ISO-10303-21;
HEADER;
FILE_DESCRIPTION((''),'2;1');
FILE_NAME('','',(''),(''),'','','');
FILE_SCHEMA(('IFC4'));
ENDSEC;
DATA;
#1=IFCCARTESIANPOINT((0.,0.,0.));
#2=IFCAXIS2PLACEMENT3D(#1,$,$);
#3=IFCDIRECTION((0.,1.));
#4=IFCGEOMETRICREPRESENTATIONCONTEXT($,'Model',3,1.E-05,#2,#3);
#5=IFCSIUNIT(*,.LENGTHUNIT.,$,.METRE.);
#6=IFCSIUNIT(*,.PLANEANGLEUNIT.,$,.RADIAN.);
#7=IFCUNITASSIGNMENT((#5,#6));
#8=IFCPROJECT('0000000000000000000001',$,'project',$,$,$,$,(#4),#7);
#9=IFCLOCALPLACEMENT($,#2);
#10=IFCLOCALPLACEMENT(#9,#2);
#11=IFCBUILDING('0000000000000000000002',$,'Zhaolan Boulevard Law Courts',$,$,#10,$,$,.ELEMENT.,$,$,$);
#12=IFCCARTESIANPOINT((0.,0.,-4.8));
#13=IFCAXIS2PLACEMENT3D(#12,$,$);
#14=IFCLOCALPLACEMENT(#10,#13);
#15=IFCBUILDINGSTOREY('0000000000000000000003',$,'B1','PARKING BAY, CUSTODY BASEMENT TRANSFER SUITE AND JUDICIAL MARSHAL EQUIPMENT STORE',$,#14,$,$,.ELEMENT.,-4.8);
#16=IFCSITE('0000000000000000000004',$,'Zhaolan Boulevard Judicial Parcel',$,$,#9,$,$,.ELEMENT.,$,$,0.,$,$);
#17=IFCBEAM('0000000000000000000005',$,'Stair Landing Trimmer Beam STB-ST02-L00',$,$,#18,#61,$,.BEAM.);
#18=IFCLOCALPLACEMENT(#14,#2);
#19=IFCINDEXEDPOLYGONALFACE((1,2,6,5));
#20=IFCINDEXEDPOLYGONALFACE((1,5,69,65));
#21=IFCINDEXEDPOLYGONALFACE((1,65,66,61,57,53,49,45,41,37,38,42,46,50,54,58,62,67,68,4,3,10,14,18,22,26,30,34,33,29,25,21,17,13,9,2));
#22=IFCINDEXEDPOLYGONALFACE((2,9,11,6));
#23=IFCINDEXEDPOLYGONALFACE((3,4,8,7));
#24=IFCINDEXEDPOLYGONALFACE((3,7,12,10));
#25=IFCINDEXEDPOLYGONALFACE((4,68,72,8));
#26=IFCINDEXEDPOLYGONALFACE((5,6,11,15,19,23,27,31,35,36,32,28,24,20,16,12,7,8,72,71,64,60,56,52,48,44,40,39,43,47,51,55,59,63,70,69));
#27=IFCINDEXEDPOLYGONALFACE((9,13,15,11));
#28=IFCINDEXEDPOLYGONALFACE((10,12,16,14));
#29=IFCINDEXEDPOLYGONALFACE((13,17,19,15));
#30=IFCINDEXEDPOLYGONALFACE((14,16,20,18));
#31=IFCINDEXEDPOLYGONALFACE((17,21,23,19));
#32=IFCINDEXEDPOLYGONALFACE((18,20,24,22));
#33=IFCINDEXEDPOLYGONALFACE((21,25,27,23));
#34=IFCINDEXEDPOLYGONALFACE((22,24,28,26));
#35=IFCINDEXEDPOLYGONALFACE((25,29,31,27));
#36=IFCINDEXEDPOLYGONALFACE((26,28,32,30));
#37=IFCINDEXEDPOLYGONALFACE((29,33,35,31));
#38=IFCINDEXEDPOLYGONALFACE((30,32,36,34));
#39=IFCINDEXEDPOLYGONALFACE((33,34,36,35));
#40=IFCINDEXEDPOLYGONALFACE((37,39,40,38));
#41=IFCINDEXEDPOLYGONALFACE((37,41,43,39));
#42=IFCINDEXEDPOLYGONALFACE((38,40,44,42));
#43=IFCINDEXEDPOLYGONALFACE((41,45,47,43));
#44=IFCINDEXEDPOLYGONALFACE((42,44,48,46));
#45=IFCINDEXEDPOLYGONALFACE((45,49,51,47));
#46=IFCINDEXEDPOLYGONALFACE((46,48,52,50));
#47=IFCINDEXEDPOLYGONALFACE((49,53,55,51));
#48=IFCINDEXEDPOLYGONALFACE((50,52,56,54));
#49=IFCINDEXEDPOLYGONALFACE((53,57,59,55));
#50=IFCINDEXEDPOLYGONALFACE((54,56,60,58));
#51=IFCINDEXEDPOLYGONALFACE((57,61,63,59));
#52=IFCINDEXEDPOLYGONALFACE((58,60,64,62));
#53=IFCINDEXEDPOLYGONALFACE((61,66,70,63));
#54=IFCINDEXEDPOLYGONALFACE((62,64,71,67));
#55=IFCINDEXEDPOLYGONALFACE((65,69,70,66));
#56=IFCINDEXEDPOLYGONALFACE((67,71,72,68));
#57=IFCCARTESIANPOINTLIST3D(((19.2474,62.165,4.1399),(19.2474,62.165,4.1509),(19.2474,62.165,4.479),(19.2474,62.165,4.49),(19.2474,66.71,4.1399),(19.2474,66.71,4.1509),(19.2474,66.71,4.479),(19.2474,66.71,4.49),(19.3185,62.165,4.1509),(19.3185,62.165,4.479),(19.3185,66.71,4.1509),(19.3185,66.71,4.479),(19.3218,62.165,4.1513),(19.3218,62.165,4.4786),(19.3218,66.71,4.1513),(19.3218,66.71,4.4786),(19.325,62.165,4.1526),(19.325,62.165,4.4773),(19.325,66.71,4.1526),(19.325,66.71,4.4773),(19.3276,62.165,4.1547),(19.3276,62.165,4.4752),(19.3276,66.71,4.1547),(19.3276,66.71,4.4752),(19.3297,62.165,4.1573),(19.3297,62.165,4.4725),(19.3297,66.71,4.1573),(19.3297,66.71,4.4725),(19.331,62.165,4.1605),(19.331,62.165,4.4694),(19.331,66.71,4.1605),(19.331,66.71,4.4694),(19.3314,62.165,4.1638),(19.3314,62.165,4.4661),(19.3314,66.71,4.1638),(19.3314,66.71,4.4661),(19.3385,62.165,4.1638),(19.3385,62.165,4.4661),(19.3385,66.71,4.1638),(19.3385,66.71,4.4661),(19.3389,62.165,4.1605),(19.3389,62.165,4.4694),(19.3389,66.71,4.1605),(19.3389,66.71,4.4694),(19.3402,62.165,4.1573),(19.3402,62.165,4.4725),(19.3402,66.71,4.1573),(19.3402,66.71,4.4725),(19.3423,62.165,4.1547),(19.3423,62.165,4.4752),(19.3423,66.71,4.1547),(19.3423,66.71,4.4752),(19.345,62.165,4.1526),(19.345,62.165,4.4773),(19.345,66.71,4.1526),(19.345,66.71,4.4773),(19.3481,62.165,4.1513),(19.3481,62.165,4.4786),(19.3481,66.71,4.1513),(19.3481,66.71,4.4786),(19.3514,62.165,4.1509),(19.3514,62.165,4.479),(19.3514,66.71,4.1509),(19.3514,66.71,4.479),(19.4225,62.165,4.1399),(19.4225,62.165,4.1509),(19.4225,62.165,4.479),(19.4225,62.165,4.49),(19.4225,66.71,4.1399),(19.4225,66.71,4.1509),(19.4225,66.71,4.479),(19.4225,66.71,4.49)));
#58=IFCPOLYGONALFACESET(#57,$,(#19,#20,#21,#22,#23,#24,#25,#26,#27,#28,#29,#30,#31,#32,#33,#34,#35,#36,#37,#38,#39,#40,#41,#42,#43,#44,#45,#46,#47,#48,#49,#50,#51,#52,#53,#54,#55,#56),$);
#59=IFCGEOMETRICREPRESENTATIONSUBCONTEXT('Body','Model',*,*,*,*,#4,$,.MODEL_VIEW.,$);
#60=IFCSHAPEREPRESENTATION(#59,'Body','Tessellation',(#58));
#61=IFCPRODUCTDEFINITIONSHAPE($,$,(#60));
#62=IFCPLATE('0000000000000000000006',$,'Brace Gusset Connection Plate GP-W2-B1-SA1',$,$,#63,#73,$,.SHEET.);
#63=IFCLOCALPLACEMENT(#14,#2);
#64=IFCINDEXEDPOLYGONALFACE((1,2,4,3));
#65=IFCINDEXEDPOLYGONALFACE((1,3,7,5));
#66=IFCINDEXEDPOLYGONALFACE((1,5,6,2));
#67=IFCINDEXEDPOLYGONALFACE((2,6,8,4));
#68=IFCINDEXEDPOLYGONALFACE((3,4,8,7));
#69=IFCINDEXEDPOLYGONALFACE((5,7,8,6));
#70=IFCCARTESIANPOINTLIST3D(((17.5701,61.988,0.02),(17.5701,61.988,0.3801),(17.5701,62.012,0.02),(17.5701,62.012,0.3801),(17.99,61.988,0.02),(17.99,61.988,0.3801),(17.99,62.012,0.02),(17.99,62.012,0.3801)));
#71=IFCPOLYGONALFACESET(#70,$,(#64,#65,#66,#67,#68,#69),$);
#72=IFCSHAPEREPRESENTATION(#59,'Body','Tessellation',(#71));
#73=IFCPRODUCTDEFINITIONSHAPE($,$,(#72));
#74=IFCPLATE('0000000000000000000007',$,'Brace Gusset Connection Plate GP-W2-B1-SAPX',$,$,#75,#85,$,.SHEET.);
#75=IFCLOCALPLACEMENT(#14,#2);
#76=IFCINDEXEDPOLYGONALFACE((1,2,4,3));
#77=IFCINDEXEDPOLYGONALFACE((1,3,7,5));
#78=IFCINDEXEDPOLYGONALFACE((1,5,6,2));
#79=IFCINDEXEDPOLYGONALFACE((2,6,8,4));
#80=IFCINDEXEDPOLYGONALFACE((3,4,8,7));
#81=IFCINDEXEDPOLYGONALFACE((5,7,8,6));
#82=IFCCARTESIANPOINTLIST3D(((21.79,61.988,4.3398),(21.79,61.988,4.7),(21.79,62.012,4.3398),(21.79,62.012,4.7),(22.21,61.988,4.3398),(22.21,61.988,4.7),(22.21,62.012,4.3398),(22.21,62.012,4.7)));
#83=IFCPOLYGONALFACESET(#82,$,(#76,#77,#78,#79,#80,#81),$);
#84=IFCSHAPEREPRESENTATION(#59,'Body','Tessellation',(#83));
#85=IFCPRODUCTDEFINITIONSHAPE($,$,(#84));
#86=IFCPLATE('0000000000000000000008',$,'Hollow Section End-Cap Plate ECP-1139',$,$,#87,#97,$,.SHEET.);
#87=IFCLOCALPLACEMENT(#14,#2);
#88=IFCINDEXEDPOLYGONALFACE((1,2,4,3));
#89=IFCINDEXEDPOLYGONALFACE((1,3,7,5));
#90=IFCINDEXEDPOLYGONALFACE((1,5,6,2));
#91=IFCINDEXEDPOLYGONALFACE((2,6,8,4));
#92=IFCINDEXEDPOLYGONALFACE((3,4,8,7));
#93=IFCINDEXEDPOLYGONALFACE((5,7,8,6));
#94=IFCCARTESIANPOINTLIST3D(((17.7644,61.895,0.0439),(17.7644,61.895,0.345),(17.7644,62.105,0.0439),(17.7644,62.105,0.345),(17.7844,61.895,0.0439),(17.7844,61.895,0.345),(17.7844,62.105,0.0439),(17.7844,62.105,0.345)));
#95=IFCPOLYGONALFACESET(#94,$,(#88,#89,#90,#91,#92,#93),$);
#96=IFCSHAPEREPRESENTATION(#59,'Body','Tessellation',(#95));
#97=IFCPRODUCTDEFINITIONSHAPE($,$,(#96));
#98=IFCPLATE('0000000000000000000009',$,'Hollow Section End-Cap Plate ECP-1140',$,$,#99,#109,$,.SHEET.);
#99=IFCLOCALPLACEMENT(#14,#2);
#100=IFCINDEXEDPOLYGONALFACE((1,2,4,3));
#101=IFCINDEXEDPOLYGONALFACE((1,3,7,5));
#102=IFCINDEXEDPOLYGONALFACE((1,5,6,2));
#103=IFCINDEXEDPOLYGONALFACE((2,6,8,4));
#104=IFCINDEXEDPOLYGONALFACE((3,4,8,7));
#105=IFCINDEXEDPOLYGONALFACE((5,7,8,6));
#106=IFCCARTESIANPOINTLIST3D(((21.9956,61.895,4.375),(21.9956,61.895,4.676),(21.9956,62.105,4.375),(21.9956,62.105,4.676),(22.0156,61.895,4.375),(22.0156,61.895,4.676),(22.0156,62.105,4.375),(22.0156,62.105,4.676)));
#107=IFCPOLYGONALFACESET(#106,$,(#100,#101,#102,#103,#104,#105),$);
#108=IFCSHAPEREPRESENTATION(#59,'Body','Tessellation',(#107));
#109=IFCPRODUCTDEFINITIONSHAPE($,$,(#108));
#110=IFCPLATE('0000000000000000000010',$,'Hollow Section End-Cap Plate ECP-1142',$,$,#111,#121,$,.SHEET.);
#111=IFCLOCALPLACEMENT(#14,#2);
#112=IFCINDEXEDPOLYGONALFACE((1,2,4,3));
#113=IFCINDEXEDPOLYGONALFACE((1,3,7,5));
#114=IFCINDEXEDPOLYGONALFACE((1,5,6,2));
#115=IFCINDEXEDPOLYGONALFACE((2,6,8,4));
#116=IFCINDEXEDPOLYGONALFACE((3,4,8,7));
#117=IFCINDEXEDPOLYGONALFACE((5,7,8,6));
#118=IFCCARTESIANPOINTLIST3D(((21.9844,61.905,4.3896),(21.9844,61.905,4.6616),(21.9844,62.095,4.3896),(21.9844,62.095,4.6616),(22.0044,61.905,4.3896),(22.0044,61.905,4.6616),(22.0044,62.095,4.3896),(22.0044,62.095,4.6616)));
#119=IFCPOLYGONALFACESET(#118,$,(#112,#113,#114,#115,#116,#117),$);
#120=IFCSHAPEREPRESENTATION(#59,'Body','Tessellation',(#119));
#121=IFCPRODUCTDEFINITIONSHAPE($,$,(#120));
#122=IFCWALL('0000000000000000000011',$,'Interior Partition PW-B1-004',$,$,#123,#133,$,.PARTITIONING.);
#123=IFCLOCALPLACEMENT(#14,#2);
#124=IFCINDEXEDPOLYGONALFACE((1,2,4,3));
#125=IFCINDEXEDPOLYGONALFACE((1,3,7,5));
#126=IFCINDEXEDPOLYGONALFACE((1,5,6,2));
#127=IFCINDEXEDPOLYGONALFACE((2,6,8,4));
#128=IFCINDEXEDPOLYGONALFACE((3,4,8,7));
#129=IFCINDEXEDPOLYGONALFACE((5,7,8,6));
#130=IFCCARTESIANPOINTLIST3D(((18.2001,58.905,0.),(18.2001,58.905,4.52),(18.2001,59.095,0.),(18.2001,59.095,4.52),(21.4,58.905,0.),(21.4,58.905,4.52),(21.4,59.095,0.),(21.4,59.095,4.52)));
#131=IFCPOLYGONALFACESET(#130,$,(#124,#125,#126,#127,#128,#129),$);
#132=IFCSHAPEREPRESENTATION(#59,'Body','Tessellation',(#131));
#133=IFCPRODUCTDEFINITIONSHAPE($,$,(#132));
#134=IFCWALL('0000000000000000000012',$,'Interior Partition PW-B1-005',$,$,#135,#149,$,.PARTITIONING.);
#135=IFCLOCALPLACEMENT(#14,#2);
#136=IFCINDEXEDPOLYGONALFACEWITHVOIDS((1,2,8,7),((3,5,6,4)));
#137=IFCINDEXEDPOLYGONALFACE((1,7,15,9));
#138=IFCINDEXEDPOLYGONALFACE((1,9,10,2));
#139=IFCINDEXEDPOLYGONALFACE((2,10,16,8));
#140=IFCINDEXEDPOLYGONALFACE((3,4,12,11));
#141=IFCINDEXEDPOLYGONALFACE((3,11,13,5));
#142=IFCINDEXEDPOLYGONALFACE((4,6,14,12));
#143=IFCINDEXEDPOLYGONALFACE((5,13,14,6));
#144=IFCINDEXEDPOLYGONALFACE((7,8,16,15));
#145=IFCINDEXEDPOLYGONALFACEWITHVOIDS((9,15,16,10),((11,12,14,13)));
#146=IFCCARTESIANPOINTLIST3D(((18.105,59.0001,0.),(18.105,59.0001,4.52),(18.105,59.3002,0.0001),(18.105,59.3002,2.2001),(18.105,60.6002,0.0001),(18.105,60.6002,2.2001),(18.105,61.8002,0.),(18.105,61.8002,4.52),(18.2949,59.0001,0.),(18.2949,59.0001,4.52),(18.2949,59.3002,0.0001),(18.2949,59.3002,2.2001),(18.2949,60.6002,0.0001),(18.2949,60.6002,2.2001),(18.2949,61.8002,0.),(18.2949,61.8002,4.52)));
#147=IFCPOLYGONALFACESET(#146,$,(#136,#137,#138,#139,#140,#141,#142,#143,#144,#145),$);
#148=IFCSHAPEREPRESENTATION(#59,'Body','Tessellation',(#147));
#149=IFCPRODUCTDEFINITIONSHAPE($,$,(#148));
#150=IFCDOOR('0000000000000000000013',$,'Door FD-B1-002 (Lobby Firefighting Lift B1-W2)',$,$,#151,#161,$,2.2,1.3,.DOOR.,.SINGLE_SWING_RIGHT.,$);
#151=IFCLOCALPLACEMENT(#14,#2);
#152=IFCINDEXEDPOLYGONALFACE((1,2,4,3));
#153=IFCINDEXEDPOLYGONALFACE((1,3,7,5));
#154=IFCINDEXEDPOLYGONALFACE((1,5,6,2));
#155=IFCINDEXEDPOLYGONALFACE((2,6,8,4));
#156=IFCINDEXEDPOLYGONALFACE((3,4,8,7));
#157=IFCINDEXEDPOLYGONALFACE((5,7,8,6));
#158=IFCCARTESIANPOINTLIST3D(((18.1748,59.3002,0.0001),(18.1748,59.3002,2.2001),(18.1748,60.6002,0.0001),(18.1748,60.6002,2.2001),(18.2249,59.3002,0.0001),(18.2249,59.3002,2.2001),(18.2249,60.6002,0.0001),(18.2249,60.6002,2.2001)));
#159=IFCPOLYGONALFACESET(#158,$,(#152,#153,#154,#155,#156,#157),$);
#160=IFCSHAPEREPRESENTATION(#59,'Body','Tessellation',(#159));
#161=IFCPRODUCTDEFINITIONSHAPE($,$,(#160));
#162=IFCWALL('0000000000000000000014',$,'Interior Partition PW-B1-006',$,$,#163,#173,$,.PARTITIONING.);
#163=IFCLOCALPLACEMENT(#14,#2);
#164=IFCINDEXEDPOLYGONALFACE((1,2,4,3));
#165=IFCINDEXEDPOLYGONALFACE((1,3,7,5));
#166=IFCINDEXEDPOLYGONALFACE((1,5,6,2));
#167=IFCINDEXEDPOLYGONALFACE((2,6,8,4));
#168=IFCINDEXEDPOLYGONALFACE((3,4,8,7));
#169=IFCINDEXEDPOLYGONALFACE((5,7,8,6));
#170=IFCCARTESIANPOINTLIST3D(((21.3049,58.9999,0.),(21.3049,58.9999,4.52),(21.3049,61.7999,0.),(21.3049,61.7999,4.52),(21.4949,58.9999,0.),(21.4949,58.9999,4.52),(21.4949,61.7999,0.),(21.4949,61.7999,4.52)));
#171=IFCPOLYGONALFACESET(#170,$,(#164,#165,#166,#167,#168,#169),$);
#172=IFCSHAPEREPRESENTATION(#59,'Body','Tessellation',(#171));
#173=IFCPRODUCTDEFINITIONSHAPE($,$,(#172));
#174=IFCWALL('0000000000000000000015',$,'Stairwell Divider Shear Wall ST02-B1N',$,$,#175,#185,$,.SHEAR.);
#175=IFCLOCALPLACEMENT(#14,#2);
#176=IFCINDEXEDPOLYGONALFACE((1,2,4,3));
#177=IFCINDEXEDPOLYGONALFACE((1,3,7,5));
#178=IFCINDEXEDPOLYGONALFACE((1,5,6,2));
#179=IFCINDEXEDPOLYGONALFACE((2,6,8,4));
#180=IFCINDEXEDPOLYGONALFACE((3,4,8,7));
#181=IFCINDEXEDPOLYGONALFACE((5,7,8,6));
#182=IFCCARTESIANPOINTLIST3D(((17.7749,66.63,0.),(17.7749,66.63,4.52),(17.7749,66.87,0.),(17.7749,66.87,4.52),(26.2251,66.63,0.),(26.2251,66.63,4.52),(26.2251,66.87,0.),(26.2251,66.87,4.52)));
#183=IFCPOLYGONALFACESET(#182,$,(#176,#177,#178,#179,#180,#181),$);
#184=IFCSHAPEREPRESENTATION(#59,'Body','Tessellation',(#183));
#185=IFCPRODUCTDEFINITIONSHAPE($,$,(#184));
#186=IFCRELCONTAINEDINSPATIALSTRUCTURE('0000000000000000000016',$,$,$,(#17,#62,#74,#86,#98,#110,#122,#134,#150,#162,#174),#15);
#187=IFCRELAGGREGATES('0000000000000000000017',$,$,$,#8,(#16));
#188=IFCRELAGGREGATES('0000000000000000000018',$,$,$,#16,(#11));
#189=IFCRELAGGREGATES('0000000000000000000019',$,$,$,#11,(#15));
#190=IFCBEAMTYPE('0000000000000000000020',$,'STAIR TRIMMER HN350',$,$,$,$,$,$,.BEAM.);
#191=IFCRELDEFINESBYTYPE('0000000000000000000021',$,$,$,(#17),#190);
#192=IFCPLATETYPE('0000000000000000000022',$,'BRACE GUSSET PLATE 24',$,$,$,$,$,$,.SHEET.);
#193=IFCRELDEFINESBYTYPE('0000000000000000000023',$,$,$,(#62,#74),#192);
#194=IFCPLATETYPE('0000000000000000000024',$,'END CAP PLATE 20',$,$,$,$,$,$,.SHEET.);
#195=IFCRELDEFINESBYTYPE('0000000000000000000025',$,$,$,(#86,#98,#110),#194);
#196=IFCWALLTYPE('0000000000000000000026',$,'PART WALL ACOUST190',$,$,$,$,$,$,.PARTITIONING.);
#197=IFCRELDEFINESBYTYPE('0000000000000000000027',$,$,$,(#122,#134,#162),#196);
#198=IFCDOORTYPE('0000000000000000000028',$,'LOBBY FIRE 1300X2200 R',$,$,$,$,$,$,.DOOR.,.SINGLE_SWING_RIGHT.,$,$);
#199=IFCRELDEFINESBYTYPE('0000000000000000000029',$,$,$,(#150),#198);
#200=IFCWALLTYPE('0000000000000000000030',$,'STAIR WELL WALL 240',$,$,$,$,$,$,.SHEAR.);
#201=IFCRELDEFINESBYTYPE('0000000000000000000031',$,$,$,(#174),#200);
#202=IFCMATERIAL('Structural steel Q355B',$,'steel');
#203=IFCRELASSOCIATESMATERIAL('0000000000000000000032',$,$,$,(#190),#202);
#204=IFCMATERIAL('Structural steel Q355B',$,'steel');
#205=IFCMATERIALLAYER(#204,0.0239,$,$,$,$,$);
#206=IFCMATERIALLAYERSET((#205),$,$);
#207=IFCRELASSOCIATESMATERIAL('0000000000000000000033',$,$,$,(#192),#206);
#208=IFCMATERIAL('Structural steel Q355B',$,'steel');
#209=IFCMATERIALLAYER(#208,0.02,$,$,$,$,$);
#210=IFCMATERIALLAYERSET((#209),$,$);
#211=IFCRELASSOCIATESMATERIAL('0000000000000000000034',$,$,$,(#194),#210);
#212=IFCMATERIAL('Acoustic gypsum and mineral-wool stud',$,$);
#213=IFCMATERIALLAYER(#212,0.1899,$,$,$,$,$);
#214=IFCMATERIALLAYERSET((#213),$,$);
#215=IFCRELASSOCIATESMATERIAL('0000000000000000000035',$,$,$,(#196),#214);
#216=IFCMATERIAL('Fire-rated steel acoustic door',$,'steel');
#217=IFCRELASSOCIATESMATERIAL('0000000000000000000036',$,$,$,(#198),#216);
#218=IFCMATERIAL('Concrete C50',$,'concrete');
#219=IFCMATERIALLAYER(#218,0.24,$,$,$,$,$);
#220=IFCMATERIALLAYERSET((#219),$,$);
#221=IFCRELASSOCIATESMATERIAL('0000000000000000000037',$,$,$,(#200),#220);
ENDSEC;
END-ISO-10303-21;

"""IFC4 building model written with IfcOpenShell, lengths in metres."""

from ifc_helpers import new_model, si_unit, direction, frame, frame_2d, origin, origin_2d, place, context, subcontext, project, spatial, rectangle, i_section, extrude, material, layer, layer_set, material_profile, profile_set, type_object, element, fill, save


model = new_model("IFC4")

# Units and contexts
model_context = context("Model", 3, precision=1e-05, world=origin(), true_north=direction((0.0, 1.0)))
body_context = subcontext(model_context, "Body", "Model", "MODEL_VIEW")
ifc_project = project(units=[si_unit("LENGTHUNIT", "METRE"), si_unit("PLANEANGLEUNIT", "RADIAN")], contexts=[model_context])

# Site, building, storey
site_placement = place(None, origin())
site = spatial("IfcSite", under=ifc_project, at=site_placement, Name="Zhaolan Boulevard Judicial Parcel", CompositionType="ELEMENT", RefElevation=0.0)
building_placement = place(site_placement, origin())
building = spatial("IfcBuilding", under=site, at=building_placement, Name="Zhaolan Boulevard Law Courts", CompositionType="ELEMENT")
storey_placement = place(building_placement, frame((0.0, 0.0, -4.8)))
storey = spatial("IfcBuildingStorey", under=building, at=storey_placement, Name="B1", Description="PARKING BAY, CUSTODY BASEMENT TRANSFER SUITE AND JUDICIAL MARSHAL EQUIPMENT STORE", CompositionType="ELEMENT", Elevation=-4.8)

# Beam
ifc_material_1 = material(Name="Structural steel Q355B", Category="steel")
ifc_material_profile_1 = material_profile(ifc_material_1, i_section(OverallWidth=0.175, OverallDepth=0.3501, WebThickness=0.0071, FlangeThickness=0.011, FilletRadius=0.0129, at=origin_2d()), Name="HN350x175")
ifc_profile_set_1 = profile_set([ifc_material_profile_1], Name="Structural steel Q355B")
beam_type_1 = type_object("IfcBeamType", Name="STAIR TRIMMER HN350", PredefinedType="BEAM", material=ifc_profile_set_1)
beam_1_placement = place(storey_placement, frame((19.335, 62.165, 4.3149), z_axis=(0.0, 1.0, 0.0), x_axis=(-1.0, 0.0, 0.0)))
element("IfcBeam", 1, at=beam_1_placement, inside=storey, type_object=beam_type_1, Name="Stair Landing Trimmer Beam STB-ST02-L00", PredefinedType="BEAM", context=body_context, shape_type="SweptSolid", body=[
    extrude(i_section(OverallWidth=0.175, OverallDepth=0.3501, WebThickness=0.0071, FlangeThickness=0.011, FilletRadius=0.0129, at=origin_2d()), origin(), (0.0, 0.0, 1.0), 4.5449),
])

# Plates
ifc_material_2 = material(Name="Structural steel Q355B", Category="steel")
ifc_layer_1 = layer(ifc_material_2, 0.0239)
ifc_layer_set_1 = layer_set([ifc_layer_1])
plate_type_1 = type_object("IfcPlateType", Name="BRACE GUSSET PLATE 24", PredefinedType="SHEET", material=ifc_layer_set_1)
for number, where, z_axis, x_axis, name in (
    (2, (17.78, 62.0, 0.02), (0.0, 0.0, 1.0), (1.0, 0.0, 0.0), "Brace Gusset Connection Plate GP-W2-B1-SA1"),
    (3, (22.0, 62.0, 4.3398), (0.0, 0.0, 1.0), (1.0, 0.0, 0.0), "Brace Gusset Connection Plate GP-W2-B1-SAPX"),
):
    element("IfcPlate", number, at=place(storey_placement, frame(where, z_axis=z_axis, x_axis=x_axis)), inside=storey, type_object=plate_type_1, Name=name, PredefinedType="SHEET", context=body_context, shape_type="SweptSolid", body=[
        extrude(rectangle(XDim=0.4199, YDim=0.0239, at=origin_2d()), origin(), (0.0, 0.0, 1.0), 0.3601),
    ])
ifc_material_3 = material(Name="Structural steel Q355B", Category="steel")
ifc_layer_2 = layer(ifc_material_3, 0.02)
ifc_layer_set_2 = layer_set([ifc_layer_2])
plate_type_2 = type_object("IfcPlateType", Name="END CAP PLATE 20", PredefinedType="SHEET", material=ifc_layer_set_2)
for number, where, z_axis, x_axis, name in (
    (4, (17.7744, 62.0, 0.0439), (0.0, 0.0, 1.0), (1.0, 0.0, 0.0), "Hollow Section End-Cap Plate ECP-1139"),
    (5, (22.0056, 62.0, 4.375), (0.0, 0.0, 1.0), (1.0, 0.0, 0.0), "Hollow Section End-Cap Plate ECP-1140"),
):
    element("IfcPlate", number, at=place(storey_placement, frame(where, z_axis=z_axis, x_axis=x_axis)), inside=storey, type_object=plate_type_2, Name=name, PredefinedType="SHEET", context=body_context, shape_type="SweptSolid", body=[
        extrude(rectangle(XDim=0.02, YDim=0.21, at=origin_2d()), origin(), (0.0, 0.0, 1.0), 0.301),
    ])
plate_placement = place(storey_placement, frame((21.9944, 62.0, 4.3896), z_axis=(0.0, 0.0, 1.0), x_axis=(-1.0, 0.0, 0.0)))
element("IfcPlate", 6, at=plate_placement, inside=storey, type_object=plate_type_2, Name="Hollow Section End-Cap Plate ECP-1142", PredefinedType="SHEET", context=body_context, shape_type="SweptSolid", body=[
    extrude(rectangle(XDim=0.02, YDim=0.1899, at=origin_2d()), origin(), (0.0, 0.0, 1.0), 0.272),
])

# Wall
ifc_material_4 = material(Name="Acoustic gypsum and mineral-wool stud")
ifc_layer_3 = layer(ifc_material_4, 0.1899)
ifc_layer_set_3 = layer_set([ifc_layer_3])
wall_type_1 = type_object("IfcWallType", Name="PART WALL ACOUST190", PredefinedType="PARTITIONING", material=ifc_layer_set_3)
wall_1_placement = place(storey_placement, frame((18.2, 59.0, 0.0), z_axis=(0.0, 0.0, 1.0), x_axis=(1.0, 0.0, 0.0)))
element("IfcWall", 7, at=wall_1_placement, inside=storey, type_object=wall_type_1, Name="Interior Partition PW-B1-004", PredefinedType="PARTITIONING", context=body_context, shape_type="SweptSolid", body=[
    extrude(rectangle(XDim=3.2, YDim=0.1899, at=frame_2d((1.6001, 0.0))), origin(), (0.0, 0.0, 1.0), 4.52),
])

# Wall, opening, door
wall_2_placement = place(storey_placement, frame((18.2, 61.8, 0.0), z_axis=(0.0, 0.0, 1.0), x_axis=(0.0, -1.0, 0.0)))
wall_2 = element("IfcWall", 8, at=wall_2_placement, inside=storey, type_object=wall_type_1, Name="Interior Partition PW-B1-005", PredefinedType="PARTITIONING", context=body_context, shape_type="SweptSolid", body=[
    extrude(rectangle(XDim=2.8, YDim=0.1899, at=frame_2d((1.3999, 0.0))), origin(), (0.0, 0.0, 1.0), 4.52),
])
opening_placement = place(wall_2_placement, frame((1.2, 0.0, 0.0)))
opening = element("IfcOpeningElement", 9, at=opening_placement, cuts=wall_2, PredefinedType="OPENING", context=body_context, shape_type="SweptSolid", body=[
    extrude(rectangle(XDim=1.3, YDim=2.2, at=frame_2d((0.6499, 1.1001))), frame((0.0, 0.105, 0.0), z_axis=(0.0, -1.0, 0.0), x_axis=(1.0, 0.0, 0.0)), (0.0, 0.0, 1.0), 0.21),
])
ifc_material_5 = material(Name="Fire-rated steel acoustic door", Category="steel")
door_type = type_object("IfcDoorType", Name="LOBBY FIRE 1300X2200 R", OperationType="SINGLE_SWING_RIGHT", PredefinedType="DOOR", material=ifc_material_5)
door_placement = place(opening_placement, origin())
door = element("IfcDoor", 10, at=door_placement, inside=storey, type_object=door_type, Name="Door FD-B1-002 (Lobby Firefighting Lift B1-W2)", OperationType="SINGLE_SWING_RIGHT", OverallHeight=2.2, OverallWidth=1.3, PredefinedType="DOOR", context=body_context, shape_type="SweptSolid", body=[
    extrude(rectangle(XDim=1.3, YDim=2.2, at=frame_2d((0.6499, 1.1001))), frame((0.0, 0.0249, 0.0), z_axis=(0.0, -1.0, 0.0), x_axis=(1.0, 0.0, 0.0)), (0.0, 0.0, 1.0), 0.05),
])
fill(opening, door)

# Walls
wall_3_placement = place(storey_placement, frame((21.3999, 59.0, 0.0), z_axis=(0.0, 0.0, 1.0), x_axis=(0.0, 1.0, 0.0)))
element("IfcWall", 11, at=wall_3_placement, inside=storey, type_object=wall_type_1, Name="Interior Partition PW-B1-006", PredefinedType="PARTITIONING", context=body_context, shape_type="SweptSolid", body=[
    extrude(rectangle(XDim=2.8, YDim=0.1899, at=frame_2d((1.3999, 0.0))), origin(), (0.0, 0.0, 1.0), 4.52),
])
ifc_material_6 = material(Name="Concrete C50", Category="concrete")
ifc_layer_4 = layer(ifc_material_6, 0.24)
ifc_layer_set_4 = layer_set([ifc_layer_4])
wall_type_2 = type_object("IfcWallType", Name="STAIR WELL WALL 240", PredefinedType="SHEAR", material=ifc_layer_set_4)
wall_4_placement = place(storey_placement, frame((17.7749, 66.75, 0.0), z_axis=(0.0, 0.0, 1.0), x_axis=(1.0, 0.0, 0.0)))
element("IfcWall", 12, at=wall_4_placement, inside=storey, type_object=wall_type_2, Name="Stairwell Divider Shear Wall ST02-B1N", PredefinedType="SHEAR", context=body_context, shape_type="SweptSolid", body=[
    extrude(rectangle(XDim=8.4502, YDim=0.24, at=frame_2d((4.2251, 0.0))), origin(), (0.0, 0.0, 1.0), 4.52),
])

save(model, "model.ifc")
